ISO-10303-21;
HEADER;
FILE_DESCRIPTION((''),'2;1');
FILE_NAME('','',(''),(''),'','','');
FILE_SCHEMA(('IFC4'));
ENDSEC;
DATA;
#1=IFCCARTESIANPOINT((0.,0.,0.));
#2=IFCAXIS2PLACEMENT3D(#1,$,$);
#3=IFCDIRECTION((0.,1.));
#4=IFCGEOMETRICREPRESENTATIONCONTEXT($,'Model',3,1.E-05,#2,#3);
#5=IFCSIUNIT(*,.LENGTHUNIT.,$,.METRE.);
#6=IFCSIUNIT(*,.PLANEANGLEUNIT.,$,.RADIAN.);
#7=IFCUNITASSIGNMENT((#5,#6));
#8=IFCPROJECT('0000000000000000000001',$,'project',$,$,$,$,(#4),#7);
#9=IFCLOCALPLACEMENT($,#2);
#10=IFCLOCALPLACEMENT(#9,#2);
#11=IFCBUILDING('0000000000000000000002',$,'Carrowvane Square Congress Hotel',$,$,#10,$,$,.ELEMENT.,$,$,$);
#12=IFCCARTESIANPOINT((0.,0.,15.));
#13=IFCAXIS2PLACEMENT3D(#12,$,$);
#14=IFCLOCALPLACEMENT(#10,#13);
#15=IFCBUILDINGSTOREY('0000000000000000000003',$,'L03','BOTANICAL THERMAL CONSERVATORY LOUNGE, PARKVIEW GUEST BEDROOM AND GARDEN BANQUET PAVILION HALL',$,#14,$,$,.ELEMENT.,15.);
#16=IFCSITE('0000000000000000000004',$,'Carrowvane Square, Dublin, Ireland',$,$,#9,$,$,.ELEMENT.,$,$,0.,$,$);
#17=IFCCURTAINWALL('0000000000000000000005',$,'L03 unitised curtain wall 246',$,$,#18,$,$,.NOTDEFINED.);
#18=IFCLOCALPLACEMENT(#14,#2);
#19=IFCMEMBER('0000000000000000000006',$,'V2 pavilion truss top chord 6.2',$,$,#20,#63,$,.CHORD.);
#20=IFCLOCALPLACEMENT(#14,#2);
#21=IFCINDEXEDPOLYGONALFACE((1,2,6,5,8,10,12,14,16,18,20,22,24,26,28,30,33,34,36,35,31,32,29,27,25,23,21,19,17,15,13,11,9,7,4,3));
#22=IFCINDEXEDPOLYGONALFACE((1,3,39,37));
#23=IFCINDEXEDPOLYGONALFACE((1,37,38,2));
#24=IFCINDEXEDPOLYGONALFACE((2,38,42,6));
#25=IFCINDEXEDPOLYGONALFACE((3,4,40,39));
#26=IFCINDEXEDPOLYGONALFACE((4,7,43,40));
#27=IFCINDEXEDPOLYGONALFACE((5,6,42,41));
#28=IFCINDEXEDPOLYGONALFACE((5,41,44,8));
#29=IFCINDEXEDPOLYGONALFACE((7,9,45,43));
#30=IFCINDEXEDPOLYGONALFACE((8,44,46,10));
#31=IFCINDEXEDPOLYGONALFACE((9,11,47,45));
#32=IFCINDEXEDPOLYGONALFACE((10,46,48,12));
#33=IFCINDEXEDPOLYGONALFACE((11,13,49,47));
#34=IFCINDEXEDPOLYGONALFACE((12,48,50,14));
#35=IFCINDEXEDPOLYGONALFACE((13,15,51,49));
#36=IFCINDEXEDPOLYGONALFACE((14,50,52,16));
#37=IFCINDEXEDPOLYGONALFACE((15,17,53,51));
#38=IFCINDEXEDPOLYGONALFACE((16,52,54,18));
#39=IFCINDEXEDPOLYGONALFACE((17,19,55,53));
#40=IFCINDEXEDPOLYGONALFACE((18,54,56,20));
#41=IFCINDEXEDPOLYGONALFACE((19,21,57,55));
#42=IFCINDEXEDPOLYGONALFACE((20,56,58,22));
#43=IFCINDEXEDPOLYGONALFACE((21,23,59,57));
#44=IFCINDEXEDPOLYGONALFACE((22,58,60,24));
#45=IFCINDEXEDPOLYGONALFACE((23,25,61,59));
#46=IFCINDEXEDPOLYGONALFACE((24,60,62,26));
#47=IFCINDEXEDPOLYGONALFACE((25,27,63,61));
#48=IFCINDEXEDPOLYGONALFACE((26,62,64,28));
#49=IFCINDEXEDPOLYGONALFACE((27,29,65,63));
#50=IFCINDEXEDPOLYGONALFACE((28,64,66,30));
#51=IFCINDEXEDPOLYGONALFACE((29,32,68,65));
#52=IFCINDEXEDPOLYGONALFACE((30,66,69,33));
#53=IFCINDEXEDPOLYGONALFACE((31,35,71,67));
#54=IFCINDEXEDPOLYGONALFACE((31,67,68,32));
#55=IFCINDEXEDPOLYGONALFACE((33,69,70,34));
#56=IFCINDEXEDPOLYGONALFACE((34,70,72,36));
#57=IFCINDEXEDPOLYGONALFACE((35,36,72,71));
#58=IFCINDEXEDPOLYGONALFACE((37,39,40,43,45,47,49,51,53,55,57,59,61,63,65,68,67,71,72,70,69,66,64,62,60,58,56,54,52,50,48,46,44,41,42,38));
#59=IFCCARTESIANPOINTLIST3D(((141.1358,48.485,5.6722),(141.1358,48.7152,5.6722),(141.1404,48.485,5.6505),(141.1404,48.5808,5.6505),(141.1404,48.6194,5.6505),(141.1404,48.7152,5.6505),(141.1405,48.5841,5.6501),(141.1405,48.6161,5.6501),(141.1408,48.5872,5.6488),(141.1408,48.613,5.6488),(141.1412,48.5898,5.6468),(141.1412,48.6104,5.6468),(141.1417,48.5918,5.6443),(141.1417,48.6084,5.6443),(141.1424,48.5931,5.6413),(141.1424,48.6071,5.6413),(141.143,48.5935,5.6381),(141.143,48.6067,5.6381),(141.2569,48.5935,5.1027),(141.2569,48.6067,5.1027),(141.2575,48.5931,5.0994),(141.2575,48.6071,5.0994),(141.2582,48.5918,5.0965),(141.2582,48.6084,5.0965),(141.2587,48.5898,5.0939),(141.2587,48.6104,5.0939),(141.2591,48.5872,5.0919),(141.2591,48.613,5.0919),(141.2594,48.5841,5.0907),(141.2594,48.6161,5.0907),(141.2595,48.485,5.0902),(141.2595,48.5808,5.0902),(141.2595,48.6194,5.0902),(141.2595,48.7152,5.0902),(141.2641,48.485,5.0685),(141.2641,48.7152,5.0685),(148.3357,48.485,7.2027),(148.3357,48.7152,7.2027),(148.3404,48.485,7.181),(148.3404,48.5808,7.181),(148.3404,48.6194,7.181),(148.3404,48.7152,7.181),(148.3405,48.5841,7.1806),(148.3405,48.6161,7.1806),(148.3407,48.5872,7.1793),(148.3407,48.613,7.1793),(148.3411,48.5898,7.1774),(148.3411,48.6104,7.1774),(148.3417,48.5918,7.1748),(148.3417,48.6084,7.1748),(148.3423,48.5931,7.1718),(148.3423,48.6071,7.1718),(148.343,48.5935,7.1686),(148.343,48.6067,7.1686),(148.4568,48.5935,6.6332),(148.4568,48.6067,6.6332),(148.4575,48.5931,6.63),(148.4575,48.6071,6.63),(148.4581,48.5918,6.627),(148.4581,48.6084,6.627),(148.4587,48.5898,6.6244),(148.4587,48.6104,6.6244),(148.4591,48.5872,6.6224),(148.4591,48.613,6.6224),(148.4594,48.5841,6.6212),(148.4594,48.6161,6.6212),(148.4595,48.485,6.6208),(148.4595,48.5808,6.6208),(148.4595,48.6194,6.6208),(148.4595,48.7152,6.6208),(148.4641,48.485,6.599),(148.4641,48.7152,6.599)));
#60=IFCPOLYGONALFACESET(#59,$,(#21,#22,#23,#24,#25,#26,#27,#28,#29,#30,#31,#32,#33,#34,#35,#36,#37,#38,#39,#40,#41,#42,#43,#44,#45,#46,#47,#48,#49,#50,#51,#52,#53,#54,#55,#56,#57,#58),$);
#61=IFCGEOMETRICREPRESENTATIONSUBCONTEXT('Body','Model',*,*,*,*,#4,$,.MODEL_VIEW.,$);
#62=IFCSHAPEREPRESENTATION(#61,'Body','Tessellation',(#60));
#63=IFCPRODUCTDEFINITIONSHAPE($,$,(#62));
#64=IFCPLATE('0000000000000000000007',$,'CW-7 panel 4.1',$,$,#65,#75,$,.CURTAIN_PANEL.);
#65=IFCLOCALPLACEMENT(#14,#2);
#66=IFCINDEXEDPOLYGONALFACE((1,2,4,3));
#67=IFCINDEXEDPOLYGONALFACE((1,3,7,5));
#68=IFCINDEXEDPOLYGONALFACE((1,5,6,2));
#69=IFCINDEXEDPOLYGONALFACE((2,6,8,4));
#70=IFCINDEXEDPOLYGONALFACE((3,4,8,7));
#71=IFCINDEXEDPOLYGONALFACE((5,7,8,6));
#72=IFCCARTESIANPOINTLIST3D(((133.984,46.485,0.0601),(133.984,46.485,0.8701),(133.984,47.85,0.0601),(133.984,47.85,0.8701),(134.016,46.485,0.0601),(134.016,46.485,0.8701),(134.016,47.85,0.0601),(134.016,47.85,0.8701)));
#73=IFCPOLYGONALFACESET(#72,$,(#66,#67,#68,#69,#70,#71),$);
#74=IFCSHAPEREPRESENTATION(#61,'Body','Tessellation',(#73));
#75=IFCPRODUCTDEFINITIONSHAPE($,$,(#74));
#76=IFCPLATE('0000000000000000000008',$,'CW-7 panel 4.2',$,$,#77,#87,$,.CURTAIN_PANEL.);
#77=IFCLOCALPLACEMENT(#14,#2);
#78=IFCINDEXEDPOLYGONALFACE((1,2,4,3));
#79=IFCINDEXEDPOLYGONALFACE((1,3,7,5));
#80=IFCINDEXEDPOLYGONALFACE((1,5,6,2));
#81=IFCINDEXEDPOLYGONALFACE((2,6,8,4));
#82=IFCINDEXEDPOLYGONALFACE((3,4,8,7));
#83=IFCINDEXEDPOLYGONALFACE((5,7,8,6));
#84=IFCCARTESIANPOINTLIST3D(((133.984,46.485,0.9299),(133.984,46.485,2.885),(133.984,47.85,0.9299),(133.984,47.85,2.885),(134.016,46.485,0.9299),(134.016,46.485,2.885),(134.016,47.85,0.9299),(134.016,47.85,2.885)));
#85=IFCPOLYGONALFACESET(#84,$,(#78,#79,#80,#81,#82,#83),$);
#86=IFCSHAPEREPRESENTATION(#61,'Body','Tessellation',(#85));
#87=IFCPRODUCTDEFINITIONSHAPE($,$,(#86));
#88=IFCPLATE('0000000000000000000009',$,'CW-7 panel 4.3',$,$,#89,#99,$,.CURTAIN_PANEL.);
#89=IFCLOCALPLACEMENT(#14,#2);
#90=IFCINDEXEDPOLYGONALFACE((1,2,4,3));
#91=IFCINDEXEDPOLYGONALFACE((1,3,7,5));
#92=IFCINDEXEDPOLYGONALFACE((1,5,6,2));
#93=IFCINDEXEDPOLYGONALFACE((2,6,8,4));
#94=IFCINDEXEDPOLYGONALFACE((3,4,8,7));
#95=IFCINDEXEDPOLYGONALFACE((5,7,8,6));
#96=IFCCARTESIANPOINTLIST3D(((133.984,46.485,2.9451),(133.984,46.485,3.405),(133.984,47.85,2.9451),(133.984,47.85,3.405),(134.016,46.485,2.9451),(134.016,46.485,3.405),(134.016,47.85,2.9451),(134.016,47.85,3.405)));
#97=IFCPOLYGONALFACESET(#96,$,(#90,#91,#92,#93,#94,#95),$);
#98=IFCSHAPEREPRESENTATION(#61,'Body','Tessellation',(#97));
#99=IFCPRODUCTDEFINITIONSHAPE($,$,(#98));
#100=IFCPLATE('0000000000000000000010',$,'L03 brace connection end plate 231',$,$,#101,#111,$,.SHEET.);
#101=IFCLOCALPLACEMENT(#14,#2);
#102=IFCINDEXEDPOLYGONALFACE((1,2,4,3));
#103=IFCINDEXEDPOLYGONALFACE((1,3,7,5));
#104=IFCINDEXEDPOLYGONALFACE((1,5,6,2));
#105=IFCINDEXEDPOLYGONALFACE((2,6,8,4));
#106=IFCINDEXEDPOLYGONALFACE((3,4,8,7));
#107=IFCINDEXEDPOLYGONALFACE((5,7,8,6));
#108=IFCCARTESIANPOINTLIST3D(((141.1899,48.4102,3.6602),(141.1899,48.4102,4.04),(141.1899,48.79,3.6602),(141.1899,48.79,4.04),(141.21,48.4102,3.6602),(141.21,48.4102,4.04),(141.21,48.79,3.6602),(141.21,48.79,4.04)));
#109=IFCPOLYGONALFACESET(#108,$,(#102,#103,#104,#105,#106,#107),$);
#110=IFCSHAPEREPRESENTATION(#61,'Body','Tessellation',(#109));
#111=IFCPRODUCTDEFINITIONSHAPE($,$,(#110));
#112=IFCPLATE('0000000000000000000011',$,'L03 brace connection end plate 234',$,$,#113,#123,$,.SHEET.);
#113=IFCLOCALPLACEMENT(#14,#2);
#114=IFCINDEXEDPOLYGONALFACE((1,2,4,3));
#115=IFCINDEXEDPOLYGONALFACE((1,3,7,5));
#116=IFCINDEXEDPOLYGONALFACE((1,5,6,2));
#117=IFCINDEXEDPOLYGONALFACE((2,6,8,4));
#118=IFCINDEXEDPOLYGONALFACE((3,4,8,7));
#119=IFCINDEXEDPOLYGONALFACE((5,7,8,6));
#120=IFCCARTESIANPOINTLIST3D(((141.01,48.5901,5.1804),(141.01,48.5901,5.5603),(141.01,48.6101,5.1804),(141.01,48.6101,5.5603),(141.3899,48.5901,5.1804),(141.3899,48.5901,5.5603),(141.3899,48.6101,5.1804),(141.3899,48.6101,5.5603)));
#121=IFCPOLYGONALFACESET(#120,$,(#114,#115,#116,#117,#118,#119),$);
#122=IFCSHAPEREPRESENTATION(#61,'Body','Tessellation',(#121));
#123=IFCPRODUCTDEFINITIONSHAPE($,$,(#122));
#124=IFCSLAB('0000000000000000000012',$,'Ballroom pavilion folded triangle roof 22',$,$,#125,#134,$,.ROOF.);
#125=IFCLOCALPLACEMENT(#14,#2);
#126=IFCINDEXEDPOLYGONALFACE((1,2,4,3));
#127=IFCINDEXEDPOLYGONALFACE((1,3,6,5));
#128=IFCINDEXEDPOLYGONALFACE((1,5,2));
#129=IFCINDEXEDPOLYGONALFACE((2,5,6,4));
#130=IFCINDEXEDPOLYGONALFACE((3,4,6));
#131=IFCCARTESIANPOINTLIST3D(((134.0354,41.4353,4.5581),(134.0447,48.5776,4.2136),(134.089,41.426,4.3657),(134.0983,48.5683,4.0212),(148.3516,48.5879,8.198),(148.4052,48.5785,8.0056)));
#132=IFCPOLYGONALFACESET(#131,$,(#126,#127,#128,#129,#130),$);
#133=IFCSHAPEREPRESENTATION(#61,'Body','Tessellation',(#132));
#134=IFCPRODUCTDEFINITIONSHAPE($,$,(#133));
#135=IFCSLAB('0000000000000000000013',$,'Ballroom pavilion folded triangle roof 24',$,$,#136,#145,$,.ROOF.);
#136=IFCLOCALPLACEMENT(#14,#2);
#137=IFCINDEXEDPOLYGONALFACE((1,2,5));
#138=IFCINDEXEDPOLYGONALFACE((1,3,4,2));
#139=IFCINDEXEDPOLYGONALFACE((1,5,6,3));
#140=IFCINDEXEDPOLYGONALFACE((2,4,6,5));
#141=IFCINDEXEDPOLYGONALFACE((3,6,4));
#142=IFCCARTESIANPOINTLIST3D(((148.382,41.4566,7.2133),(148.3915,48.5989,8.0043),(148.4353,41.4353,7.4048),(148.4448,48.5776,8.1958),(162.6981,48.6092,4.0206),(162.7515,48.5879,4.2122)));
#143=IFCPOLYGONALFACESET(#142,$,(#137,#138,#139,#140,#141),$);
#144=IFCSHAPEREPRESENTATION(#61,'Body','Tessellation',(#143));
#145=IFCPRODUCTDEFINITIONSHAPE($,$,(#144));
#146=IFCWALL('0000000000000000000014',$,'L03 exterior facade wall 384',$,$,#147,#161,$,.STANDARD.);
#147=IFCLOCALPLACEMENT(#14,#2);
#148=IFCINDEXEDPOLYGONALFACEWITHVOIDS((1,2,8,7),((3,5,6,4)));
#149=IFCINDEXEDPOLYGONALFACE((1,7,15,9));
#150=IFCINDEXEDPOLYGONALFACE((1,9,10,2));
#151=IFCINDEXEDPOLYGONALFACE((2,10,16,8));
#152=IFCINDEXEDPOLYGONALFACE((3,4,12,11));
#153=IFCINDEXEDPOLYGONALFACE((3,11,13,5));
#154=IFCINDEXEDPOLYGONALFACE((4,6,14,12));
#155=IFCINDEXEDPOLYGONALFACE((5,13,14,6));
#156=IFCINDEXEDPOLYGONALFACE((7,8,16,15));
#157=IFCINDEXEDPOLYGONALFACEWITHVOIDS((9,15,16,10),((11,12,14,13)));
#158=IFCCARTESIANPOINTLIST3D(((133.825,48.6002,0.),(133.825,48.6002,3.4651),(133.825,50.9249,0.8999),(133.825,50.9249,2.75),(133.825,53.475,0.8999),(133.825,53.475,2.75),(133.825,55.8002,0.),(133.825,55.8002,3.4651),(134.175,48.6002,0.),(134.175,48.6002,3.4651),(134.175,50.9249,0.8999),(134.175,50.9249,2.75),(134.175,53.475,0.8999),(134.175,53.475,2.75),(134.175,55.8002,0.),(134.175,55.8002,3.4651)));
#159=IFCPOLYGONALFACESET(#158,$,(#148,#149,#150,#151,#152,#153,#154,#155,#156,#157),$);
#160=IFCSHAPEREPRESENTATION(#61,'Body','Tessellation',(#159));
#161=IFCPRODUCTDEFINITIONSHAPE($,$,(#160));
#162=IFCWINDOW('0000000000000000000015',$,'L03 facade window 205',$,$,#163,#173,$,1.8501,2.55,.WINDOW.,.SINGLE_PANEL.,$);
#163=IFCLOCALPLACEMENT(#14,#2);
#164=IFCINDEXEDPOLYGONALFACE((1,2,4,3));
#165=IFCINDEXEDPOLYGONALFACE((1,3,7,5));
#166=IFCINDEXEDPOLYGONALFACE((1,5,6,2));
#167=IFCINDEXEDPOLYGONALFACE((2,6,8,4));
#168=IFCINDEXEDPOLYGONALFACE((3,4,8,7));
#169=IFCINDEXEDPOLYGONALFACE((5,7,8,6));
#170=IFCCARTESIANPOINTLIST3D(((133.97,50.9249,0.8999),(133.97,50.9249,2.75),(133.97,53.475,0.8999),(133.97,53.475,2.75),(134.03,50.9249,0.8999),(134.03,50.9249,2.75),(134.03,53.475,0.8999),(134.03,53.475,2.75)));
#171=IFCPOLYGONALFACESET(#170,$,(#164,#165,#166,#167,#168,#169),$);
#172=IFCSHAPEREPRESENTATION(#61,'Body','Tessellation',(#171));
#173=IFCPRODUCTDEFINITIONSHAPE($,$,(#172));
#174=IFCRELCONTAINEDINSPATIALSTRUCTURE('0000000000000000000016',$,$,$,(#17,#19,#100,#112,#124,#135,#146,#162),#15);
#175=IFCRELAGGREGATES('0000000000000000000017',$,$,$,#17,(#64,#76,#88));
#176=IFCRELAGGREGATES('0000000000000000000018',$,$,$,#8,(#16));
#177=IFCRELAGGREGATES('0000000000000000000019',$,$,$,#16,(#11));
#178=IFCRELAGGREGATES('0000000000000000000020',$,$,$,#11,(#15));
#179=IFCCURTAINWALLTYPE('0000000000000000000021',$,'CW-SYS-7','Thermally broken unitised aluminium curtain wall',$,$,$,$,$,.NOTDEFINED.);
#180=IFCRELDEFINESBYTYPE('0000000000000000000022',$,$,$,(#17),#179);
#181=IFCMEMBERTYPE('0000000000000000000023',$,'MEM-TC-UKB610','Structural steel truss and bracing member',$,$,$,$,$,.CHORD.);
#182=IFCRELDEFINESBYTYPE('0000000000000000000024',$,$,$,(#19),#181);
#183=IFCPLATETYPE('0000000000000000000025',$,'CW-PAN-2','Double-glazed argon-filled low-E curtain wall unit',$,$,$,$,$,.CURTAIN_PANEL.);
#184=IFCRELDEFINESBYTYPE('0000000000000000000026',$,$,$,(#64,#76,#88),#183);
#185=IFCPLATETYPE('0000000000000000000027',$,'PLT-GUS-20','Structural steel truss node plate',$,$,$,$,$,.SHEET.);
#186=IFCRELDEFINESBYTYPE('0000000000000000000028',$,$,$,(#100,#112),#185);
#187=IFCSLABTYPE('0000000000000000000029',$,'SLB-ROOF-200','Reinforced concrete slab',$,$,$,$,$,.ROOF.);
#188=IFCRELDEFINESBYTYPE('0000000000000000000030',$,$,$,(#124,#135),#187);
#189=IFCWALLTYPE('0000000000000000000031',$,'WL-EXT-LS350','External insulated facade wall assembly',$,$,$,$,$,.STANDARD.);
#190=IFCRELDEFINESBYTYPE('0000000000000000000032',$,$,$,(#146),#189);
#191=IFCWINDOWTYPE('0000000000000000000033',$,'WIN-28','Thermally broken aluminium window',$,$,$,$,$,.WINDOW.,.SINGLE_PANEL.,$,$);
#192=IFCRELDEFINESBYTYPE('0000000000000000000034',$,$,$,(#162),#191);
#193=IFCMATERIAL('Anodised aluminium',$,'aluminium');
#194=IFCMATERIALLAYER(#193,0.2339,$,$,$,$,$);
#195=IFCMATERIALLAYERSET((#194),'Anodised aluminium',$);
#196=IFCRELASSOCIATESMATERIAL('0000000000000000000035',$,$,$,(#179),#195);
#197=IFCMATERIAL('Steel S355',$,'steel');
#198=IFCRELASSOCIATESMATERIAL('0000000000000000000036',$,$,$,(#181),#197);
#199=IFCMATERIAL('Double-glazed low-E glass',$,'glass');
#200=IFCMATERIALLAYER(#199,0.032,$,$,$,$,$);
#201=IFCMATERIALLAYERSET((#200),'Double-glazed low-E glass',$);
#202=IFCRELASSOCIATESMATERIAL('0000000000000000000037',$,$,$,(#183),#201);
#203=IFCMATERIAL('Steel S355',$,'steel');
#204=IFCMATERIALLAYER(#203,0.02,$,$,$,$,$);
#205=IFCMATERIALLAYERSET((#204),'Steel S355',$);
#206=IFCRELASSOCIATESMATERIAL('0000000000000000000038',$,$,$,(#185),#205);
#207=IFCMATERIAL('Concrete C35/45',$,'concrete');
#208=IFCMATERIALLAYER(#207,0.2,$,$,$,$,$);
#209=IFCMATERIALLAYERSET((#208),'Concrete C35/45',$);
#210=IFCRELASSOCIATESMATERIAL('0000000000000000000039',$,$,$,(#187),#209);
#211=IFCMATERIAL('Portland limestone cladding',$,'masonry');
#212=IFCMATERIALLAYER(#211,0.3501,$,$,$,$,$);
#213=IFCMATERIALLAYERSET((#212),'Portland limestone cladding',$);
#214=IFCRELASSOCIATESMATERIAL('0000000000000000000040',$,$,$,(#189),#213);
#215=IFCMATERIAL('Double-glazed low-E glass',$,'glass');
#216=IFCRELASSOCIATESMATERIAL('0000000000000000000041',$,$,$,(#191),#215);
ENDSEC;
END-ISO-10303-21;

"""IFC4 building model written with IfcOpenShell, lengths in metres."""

from ifc_helpers import new_model, si_unit, direction, frame, frame_2d, origin, origin_2d, place, context, subcontext, project, spatial, polyline, rectangle, i_section, outline, extrude, material, layer, layer_set, material_profile, profile_set, type_object, element, fill, aggregate, save


model = new_model("IFC4")

# Units and contexts
model_context = context("Model", 3, precision=1e-05, world=origin(), true_north=direction((0.0, 1.0)))
body_context = subcontext(model_context, "Body", "Model", "MODEL_VIEW")
ifc_project = project(units=[si_unit("LENGTHUNIT", "METRE"), si_unit("PLANEANGLEUNIT", "RADIAN")], contexts=[model_context])

# Site, building, storey
site_placement = place(None, origin())
site = spatial("IfcSite", under=ifc_project, at=site_placement, Name="Carrowvane Square, Dublin, Ireland", CompositionType="ELEMENT", RefElevation=0.0)
building_placement = place(site_placement, origin())
building = spatial("IfcBuilding", under=site, at=building_placement, Name="Carrowvane Square Congress Hotel", CompositionType="ELEMENT")
storey_placement = place(building_placement, frame((0.0, 0.0, 15.0)))
storey = spatial("IfcBuildingStorey", under=building, at=storey_placement, Name="L03", Description="BOTANICAL THERMAL CONSERVATORY LOUNGE, PARKVIEW GUEST BEDROOM AND GARDEN BANQUET PAVILION HALL", CompositionType="ELEMENT", Elevation=15.0)

# Curtain wall
ifc_material_1 = material(Name="Anodised aluminium", Category="aluminium")
ifc_layer_1 = layer(ifc_material_1, 0.2339)
ifc_layer_set_1 = layer_set([ifc_layer_1], Name="Anodised aluminium")
curtain_wall_type = type_object("IfcCurtainWallType", Name="CW-SYS-7", Description="Thermally broken unitised aluminium curtain wall", PredefinedType="NOTDEFINED", material=ifc_layer_set_1)
curtain_wall_placement = place(storey_placement, origin())
curtain_wall = element("IfcCurtainWall", 1, at=curtain_wall_placement, inside=storey, type_object=curtain_wall_type, Name="L03 unitised curtain wall 246", PredefinedType="NOTDEFINED")

# Member
ifc_material_2 = material(Name="Steel S355", Category="steel")
ifc_material_profile_1 = material_profile(ifc_material_2, i_section(OverallWidth=0.2302, OverallDepth=0.6172, WebThickness=0.0132, FlangeThickness=0.0222, FilletRadius=0.0127, at=origin_2d()), Name="UKB 610x229x140")
ifc_profile_set_1 = profile_set([ifc_material_profile_1], Name="Steel S355")
member_type_1 = type_object("IfcMemberType", Name="MEM-TC-UKB610", Description="Structural steel truss and bracing member", PredefinedType="CHORD", material=ifc_profile_set_1)
member_1_placement = place(storey_placement, frame((141.2, 48.6001, 5.3704), z_axis=(0.978144, 0.0, 0.207927), x_axis=(0.0, 1.0, 0.0)))
element("IfcMember", 2, at=member_1_placement, inside=storey, type_object=member_type_1, Name="V2 pavilion truss top chord 6.2", PredefinedType="CHORD", context=body_context, shape_type="SweptSolid", body=[
    extrude(i_section(OverallWidth=0.2302, OverallDepth=0.6172, WebThickness=0.0132, FlangeThickness=0.0222, FilletRadius=0.0127, at=origin_2d()), origin(), (0.0, 0.0, 1.0), 7.3608),
])

# Plates
ifc_material_3 = material(Name="Double-glazed low-E glass", Category="glass")
ifc_layer_2 = layer(ifc_material_3, 0.032)
ifc_layer_set_2 = layer_set([ifc_layer_2], Name="Double-glazed low-E glass")
plate_type_1 = type_object("IfcPlateType", Name="CW-PAN-2", Description="Double-glazed argon-filled low-E curtain wall unit", PredefinedType="CURTAIN_PANEL", material=ifc_layer_set_2)
plate_1_placement = place(storey_placement, frame((134.0, 47.1675, 0.0601), z_axis=(0.0, 0.0, 1.0), x_axis=(0.0, 1.0, 0.0)))
plate_1 = element("IfcPlate", 3, at=plate_1_placement, type_object=plate_type_1, Name="CW-7 panel 4.1", PredefinedType="CURTAIN_PANEL", context=body_context, shape_type="SweptSolid", body=[
    extrude(rectangle(XDim=1.365, YDim=0.032, at=origin_2d()), origin(), (0.0, 0.0, 1.0), 0.8101),
])
plate_2_placement = place(storey_placement, frame((134.0, 47.1675, 0.9299), z_axis=(0.0, 0.0, 1.0), x_axis=(0.0, 1.0, 0.0)))
plate_2 = element("IfcPlate", 4, at=plate_2_placement, type_object=plate_type_1, Name="CW-7 panel 4.2", PredefinedType="CURTAIN_PANEL", context=body_context, shape_type="SweptSolid", body=[
    extrude(rectangle(XDim=1.365, YDim=0.032, at=origin_2d()), origin(), (0.0, 0.0, 1.0), 1.9551),
])
plate_3_placement = place(storey_placement, frame((134.0, 47.1675, 2.9451), z_axis=(0.0, 0.0, 1.0), x_axis=(0.0, 1.0, 0.0)))
plate_3 = element("IfcPlate", 5, at=plate_3_placement, type_object=plate_type_1, Name="CW-7 panel 4.3", PredefinedType="CURTAIN_PANEL", context=body_context, shape_type="SweptSolid", body=[
    extrude(rectangle(XDim=1.365, YDim=0.032, at=origin_2d()), origin(), (0.0, 0.0, 1.0), 0.46),
])
aggregate(curtain_wall, [plate_1, plate_2, plate_3])

# Plates
ifc_material_4 = material(Name="Steel S355", Category="steel")
ifc_layer_3 = layer(ifc_material_4, 0.02)
ifc_layer_set_3 = layer_set([ifc_layer_3], Name="Steel S355")
plate_type_2 = type_object("IfcPlateType", Name="PLT-GUS-20", Description="Structural steel truss node plate", PredefinedType="SHEET", material=ifc_layer_set_3)
plate_4_placement = place(storey_placement, frame((141.2, 48.6001, 3.6602), z_axis=(0.0, 0.0, 1.0), x_axis=(1.0, 0.0, 0.0)))
element("IfcPlate", 6, at=plate_4_placement, inside=storey, type_object=plate_type_2, Name="L03 brace connection end plate 231", PredefinedType="SHEET", context=body_context, shape_type="SweptSolid", body=[
    extrude(rectangle(XDim=0.02, YDim=0.3799, at=origin_2d()), origin(), (0.0, 0.0, 1.0), 0.3799),
])
plate_5_placement = place(storey_placement, frame((141.2, 48.6001, 5.1804), z_axis=(0.0, 0.0, 1.0), x_axis=(1.0, 0.0, 0.0)))
element("IfcPlate", 7, at=plate_5_placement, inside=storey, type_object=plate_type_2, Name="L03 brace connection end plate 234", PredefinedType="SHEET", context=body_context, shape_type="SweptSolid", body=[
    extrude(rectangle(XDim=0.3799, YDim=0.02, at=origin_2d()), origin(), (0.0, 0.0, 1.0), 0.3799),
])

# Slabs
ifc_material_5 = material(Name="Concrete C35/45", Category="concrete")
ifc_layer_4 = layer(ifc_material_5, 0.2)
ifc_layer_set_4 = layer_set([ifc_layer_4], Name="Concrete C35/45")
slab_type = type_object("IfcSlabType", Name="SLB-ROOF-200", Description="Reinforced concrete slab", PredefinedType="ROOF", material=ifc_layer_set_4)
slab_1_placement = place(storey_placement, frame((134.0354, 41.4353, 4.5581), z_axis=(-0.268022, 0.04676, 0.962277), x_axis=(0.872287, 0.435809, 0.221779)))
element("IfcSlab", 8, at=slab_1_placement, inside=storey, type_object=slab_type, Name="Ballroom pavilion folded triangle roof 22", PredefinedType="ROOF", context=body_context, shape_type="SweptSolid", body=[
    extrude(outline(polyline([(0.0, 0.0), (16.4122, 0.0), (3.0444, 6.4702), (0.0, 0.0)])), origin(), (0.0, 0.0, -1.0), 0.2),
])
slab_2_placement = place(storey_placement, frame((148.4353, 41.4353, 7.4048), z_axis=(0.266789, -0.106439, 0.957859), x_axis=(0.877278, 0.438302, -0.19564)))
element("IfcSlab", 9, at=slab_2_placement, inside=storey, type_object=slab_type, Name="Ballroom pavilion folded triangle roof 24", PredefinedType="ROOF", context=body_context, shape_type="SweptSolid", body=[
    extrude(outline(polyline([(0.0, 0.0), (16.3189, 0.0), (2.9841, 6.5371), (0.0, 0.0)])), origin(), (0.0, 0.0, -1.0), 0.2),
])

# Wall, opening, window
ifc_material_6 = material(Name="Portland limestone cladding", Category="masonry")
ifc_layer_5 = layer(ifc_material_6, 0.3501)
ifc_layer_set_5 = layer_set([ifc_layer_5], Name="Portland limestone cladding")
wall_type_1 = type_object("IfcWallType", Name="WL-EXT-LS350", Description="External insulated facade wall assembly", PredefinedType="STANDARD", material=ifc_layer_set_5)
wall_1_placement = place(storey_placement, frame((134.0, 48.6001, 0.0), z_axis=(0.0, 0.0, 1.0), x_axis=(0.0, 1.0, 0.0)))
wall_1 = element("IfcWall", 10, at=wall_1_placement, inside=storey, type_object=wall_type_1, Name="L03 exterior facade wall 384", PredefinedType="STANDARD", context=body_context, shape_type="SweptSolid", body=[
    extrude(rectangle(XDim=7.2, YDim=0.3501, at=frame_2d((3.6001, 0.0))), origin(), (0.0, 0.0, 1.0), 3.4651),
])
opening_1_placement = place(wall_1_placement, frame((2.325, 0.0, 0.8999)))
opening_1 = element("IfcOpeningElement", 11, at=opening_1_placement, cuts=wall_1, PredefinedType="OPENING", context=body_context, shape_type="SweptSolid", body=[
    extrude(rectangle(XDim=2.55, YDim=1.8501, at=frame_2d((1.2749, 0.925))), frame((0.0, 0.1851, 0.0), z_axis=(0.0, -1.0, 0.0), x_axis=(1.0, 0.0, 0.0)), (0.0, 0.0, 1.0), 0.3701),
])
ifc_material_7 = material(Name="Double-glazed low-E glass", Category="glass")
window_type = type_object("IfcWindowType", Name="WIN-28", Description="Thermally broken aluminium window", PartitioningType="SINGLE_PANEL", PredefinedType="WINDOW", material=ifc_material_7)
window_placement = place(opening_1_placement, origin())
window = element("IfcWindow", 12, at=window_placement, inside=storey, type_object=window_type, Name="L03 facade window 205", OverallHeight=1.8501, OverallWidth=2.55, PartitioningType="SINGLE_PANEL", PredefinedType="WINDOW", context=body_context, shape_type="SweptSolid", body=[
    extrude(rectangle(XDim=2.55, YDim=1.8501, at=frame_2d((1.2749, 0.925))), frame((0.0, 0.03, 0.0), z_axis=(0.0, -1.0, 0.0), x_axis=(1.0, 0.0, 0.0)), (0.0, 0.0, 1.0), 0.0601),
])
fill(opening_1, window)

save(model, "model.ifc")
